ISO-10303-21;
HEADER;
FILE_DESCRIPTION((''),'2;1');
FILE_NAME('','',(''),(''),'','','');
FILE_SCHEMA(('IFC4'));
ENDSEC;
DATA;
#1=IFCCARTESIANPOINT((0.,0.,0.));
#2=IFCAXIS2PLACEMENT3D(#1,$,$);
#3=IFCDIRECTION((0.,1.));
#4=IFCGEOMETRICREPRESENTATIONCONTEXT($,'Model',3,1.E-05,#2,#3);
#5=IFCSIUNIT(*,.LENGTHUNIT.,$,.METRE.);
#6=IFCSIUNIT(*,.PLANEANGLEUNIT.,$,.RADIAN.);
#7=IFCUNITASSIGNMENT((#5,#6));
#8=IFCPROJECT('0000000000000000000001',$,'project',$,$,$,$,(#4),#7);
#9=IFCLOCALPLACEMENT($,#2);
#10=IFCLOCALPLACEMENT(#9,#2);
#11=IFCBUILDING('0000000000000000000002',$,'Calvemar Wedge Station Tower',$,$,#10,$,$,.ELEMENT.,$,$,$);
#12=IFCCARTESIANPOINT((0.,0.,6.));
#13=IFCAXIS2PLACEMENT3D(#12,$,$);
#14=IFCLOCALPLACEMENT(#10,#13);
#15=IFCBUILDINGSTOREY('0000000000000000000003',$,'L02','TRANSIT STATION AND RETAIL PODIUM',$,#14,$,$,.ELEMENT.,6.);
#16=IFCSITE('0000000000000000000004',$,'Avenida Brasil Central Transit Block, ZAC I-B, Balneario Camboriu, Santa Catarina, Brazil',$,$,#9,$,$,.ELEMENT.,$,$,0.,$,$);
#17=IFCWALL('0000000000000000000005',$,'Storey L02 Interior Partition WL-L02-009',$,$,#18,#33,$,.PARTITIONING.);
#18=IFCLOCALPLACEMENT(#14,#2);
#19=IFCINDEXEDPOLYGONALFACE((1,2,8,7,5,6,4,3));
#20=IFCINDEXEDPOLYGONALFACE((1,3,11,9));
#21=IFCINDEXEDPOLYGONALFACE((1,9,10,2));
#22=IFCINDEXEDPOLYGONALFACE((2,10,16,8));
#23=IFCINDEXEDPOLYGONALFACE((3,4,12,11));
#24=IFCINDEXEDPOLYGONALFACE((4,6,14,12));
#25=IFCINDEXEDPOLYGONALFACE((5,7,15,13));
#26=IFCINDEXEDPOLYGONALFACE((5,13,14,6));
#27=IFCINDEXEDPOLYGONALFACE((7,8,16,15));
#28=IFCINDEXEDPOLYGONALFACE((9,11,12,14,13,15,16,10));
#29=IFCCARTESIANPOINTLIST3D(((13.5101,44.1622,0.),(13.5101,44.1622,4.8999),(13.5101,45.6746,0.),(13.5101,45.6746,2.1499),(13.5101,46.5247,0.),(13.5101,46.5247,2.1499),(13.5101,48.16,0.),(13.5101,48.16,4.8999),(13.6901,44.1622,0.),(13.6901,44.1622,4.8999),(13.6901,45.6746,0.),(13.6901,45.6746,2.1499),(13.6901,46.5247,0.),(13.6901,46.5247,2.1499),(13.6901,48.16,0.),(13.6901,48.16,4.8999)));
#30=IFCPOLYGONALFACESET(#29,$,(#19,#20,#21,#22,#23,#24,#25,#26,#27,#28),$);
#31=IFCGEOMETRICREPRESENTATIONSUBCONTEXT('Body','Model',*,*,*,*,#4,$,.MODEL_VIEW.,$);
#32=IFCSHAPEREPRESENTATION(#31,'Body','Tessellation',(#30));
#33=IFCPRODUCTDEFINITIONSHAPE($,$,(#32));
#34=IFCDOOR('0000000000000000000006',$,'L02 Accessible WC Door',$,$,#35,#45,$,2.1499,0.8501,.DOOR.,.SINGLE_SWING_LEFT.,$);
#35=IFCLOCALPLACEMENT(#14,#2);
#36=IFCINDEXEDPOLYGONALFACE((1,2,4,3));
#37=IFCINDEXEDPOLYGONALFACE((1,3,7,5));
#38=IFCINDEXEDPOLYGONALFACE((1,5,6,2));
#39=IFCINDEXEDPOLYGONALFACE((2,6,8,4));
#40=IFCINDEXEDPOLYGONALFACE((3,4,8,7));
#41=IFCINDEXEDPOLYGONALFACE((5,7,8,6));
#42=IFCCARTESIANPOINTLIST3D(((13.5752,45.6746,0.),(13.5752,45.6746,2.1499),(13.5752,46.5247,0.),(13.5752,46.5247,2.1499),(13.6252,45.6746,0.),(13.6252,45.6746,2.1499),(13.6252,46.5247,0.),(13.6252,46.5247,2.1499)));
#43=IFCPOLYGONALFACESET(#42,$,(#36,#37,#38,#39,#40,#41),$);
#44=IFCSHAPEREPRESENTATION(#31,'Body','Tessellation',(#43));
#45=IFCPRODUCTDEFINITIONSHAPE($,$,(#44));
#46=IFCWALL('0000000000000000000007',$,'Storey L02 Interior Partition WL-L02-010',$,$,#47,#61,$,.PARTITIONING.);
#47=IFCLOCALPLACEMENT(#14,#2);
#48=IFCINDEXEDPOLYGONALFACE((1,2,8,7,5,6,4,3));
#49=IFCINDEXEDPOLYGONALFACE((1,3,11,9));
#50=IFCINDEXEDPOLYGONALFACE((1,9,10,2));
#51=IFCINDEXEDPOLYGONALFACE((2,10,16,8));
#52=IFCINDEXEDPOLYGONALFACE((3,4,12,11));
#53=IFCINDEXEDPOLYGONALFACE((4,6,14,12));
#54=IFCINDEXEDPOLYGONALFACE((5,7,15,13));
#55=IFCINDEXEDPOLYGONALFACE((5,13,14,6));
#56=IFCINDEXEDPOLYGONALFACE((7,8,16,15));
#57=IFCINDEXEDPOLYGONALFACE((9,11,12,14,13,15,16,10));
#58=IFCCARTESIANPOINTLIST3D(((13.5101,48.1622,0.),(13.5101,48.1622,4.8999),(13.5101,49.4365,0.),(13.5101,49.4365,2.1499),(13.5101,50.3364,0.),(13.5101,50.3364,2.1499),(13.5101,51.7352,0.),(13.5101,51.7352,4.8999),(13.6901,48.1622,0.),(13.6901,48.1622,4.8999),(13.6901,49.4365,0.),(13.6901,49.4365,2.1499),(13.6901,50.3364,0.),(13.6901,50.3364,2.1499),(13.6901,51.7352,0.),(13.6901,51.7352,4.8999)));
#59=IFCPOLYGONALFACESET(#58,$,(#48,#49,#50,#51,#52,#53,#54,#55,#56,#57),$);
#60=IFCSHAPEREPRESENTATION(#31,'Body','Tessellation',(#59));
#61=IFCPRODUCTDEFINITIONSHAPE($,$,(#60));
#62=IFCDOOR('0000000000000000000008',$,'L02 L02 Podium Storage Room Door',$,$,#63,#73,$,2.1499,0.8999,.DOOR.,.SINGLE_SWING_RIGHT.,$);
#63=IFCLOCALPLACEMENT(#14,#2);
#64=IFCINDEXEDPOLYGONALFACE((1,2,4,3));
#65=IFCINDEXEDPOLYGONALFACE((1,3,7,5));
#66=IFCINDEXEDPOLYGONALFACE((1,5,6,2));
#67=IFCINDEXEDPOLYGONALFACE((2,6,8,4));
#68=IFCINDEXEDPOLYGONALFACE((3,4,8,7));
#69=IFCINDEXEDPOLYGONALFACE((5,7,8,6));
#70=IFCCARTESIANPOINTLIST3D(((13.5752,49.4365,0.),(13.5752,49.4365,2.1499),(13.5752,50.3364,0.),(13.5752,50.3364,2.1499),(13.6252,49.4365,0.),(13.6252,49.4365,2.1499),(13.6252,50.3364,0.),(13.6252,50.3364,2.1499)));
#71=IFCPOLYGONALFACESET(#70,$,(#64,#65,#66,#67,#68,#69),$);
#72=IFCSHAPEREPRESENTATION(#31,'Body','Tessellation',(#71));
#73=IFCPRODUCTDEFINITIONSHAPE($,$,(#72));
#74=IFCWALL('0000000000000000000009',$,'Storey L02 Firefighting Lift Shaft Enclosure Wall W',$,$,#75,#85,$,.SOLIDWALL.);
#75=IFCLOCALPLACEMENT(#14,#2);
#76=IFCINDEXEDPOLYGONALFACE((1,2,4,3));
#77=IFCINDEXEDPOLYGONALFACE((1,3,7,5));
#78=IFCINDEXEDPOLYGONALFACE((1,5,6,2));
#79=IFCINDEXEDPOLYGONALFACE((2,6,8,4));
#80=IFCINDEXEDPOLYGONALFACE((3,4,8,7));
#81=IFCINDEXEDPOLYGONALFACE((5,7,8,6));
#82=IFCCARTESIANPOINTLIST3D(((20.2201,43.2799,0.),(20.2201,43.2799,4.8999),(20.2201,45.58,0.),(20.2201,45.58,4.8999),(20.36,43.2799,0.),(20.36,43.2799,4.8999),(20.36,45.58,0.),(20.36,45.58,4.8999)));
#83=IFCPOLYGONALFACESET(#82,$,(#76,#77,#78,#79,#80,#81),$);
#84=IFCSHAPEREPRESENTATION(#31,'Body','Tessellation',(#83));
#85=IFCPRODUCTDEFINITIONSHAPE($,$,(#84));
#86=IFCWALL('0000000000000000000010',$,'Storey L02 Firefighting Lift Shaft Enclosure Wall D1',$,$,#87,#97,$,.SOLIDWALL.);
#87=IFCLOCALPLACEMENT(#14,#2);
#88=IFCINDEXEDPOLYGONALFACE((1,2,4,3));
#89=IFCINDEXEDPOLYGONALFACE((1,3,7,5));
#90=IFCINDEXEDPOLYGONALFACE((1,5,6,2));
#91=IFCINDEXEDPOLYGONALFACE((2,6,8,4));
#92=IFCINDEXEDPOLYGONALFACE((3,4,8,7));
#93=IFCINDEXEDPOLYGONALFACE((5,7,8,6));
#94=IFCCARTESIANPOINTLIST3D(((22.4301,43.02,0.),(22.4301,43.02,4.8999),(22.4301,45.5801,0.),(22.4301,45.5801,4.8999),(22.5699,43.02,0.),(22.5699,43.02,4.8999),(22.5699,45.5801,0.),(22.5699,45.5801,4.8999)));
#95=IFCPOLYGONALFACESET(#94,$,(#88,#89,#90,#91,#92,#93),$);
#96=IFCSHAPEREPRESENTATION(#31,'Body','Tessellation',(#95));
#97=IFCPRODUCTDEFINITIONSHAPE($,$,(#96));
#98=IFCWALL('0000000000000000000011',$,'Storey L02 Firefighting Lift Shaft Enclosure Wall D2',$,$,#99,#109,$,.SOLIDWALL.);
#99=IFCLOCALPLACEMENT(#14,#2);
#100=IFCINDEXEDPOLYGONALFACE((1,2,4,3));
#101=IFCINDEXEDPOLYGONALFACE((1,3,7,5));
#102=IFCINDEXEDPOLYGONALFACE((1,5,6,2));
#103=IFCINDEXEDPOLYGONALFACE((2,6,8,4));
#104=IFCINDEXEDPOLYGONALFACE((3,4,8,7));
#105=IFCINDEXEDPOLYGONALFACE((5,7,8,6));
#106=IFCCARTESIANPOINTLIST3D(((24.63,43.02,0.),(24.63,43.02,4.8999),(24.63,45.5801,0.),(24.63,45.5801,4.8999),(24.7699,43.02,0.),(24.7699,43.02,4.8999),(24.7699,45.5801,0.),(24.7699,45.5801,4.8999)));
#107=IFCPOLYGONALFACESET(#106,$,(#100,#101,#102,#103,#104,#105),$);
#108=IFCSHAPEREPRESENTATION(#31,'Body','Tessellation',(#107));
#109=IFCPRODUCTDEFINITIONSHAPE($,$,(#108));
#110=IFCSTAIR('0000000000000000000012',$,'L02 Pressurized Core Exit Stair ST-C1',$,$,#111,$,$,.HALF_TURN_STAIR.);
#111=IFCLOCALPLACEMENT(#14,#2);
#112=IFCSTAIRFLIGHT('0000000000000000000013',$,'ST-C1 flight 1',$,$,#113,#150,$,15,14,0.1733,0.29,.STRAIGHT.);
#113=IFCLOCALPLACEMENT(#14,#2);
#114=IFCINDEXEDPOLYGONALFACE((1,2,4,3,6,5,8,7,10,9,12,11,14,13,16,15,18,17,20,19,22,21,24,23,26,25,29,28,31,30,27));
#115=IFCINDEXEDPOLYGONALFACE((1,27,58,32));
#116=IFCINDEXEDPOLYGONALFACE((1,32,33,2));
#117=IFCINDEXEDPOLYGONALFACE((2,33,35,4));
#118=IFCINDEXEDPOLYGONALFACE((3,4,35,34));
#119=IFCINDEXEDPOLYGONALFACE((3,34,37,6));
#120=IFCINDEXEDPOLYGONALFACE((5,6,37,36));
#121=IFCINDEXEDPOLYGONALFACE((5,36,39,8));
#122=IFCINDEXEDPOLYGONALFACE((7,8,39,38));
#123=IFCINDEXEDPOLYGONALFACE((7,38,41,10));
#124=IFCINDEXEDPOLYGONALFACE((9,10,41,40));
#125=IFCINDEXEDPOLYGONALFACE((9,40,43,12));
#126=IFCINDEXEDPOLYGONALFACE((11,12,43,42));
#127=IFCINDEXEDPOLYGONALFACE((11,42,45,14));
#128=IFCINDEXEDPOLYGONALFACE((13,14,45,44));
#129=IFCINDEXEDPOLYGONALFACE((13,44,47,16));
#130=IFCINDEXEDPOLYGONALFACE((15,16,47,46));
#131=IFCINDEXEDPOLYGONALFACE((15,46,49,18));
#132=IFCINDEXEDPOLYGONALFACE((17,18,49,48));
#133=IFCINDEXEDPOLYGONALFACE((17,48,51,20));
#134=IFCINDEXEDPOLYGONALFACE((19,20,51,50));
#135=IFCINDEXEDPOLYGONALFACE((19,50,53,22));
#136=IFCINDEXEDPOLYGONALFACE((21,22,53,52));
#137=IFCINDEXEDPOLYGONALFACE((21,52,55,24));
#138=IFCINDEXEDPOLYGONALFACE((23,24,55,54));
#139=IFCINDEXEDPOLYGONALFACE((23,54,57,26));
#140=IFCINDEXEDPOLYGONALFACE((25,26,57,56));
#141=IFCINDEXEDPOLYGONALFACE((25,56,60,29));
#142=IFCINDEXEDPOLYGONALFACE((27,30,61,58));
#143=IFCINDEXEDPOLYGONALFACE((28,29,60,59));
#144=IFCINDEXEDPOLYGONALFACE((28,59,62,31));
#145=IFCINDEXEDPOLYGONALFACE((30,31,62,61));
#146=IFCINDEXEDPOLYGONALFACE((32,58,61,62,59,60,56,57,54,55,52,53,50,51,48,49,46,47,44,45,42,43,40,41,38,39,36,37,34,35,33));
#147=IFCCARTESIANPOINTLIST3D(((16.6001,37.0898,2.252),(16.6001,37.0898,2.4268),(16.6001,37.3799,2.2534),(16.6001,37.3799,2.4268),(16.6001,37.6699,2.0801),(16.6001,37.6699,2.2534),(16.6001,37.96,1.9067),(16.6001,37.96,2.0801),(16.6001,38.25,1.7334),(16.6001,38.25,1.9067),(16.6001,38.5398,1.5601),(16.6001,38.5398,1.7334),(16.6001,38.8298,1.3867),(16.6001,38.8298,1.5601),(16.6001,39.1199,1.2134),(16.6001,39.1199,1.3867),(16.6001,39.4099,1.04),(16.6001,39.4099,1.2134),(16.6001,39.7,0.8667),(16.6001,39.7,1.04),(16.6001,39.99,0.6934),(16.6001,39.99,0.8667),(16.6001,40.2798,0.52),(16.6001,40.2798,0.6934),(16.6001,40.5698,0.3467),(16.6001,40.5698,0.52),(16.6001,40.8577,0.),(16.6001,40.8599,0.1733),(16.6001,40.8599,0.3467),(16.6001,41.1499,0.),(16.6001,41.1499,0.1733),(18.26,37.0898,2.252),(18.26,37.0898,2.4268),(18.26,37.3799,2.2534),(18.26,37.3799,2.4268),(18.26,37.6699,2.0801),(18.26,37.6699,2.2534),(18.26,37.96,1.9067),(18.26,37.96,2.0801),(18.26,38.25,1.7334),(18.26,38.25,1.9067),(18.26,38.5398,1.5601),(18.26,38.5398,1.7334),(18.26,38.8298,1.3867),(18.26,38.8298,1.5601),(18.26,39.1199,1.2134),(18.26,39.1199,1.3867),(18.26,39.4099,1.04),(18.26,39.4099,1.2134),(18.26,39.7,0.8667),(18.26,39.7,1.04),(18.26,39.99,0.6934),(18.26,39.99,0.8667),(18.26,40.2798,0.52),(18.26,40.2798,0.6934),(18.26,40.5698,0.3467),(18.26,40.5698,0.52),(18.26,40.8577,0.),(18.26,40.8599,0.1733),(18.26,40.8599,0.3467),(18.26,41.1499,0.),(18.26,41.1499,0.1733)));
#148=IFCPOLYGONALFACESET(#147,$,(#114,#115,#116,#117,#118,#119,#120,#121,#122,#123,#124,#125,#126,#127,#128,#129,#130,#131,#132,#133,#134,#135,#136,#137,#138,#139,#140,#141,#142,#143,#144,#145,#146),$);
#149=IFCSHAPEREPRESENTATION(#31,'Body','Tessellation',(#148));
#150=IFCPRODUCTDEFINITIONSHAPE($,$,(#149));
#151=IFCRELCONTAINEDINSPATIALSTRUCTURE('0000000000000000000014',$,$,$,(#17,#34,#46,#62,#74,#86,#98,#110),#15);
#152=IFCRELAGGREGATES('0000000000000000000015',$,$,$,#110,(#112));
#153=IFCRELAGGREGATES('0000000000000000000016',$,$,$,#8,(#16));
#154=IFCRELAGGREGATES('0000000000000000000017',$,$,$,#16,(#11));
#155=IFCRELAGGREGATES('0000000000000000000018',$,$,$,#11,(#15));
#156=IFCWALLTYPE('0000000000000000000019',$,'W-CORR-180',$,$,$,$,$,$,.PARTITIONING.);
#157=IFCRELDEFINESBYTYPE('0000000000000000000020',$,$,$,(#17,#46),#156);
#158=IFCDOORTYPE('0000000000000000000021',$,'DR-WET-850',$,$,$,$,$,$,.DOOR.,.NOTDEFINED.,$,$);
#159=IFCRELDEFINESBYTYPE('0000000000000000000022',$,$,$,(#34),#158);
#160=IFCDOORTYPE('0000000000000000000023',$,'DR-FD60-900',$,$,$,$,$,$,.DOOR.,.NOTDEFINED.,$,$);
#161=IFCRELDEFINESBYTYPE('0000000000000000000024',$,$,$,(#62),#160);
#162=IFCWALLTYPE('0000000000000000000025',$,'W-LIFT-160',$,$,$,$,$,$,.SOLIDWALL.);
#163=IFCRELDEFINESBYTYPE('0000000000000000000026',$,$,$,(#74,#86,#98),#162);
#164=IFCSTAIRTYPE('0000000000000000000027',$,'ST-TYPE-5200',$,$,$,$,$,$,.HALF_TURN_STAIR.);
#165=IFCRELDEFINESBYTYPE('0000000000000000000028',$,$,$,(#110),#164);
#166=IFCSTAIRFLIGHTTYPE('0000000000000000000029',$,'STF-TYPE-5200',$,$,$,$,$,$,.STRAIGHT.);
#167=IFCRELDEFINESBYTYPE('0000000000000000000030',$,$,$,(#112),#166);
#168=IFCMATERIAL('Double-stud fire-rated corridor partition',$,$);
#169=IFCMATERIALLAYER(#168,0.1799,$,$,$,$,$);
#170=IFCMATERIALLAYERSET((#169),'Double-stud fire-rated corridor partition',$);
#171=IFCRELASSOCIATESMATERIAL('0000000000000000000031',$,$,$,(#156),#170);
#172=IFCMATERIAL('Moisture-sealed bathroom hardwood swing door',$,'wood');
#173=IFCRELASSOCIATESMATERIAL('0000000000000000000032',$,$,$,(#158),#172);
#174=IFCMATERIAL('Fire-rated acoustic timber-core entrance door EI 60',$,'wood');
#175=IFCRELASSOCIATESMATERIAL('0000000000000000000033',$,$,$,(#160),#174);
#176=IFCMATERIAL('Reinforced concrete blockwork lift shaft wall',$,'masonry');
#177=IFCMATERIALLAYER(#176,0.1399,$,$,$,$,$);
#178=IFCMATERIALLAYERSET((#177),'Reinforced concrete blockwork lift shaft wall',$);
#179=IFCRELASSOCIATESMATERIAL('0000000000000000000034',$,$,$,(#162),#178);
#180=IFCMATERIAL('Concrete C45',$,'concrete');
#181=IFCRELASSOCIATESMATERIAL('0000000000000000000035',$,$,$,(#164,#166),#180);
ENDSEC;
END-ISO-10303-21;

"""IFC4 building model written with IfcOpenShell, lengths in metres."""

from ifc_helpers import new_model, si_unit, direction, frame, frame_2d, origin, place, context, subcontext, project, spatial, polyline, rectangle, outline, extrude, source, transform, mapped, material, layer, layer_set, type_object, element, fill, aggregate, save


model = new_model("IFC4")

# Units and contexts
model_context = context("Model", 3, precision=1e-05, world=origin(), true_north=direction((0.0, 1.0)))
body_context = subcontext(model_context, "Body", "Model", "MODEL_VIEW")
ifc_project = project(units=[si_unit("LENGTHUNIT", "METRE"), si_unit("PLANEANGLEUNIT", "RADIAN")], contexts=[model_context])

# Site, building, storey
site_placement = place(None, origin())
site = spatial("IfcSite", under=ifc_project, at=site_placement, Name="Avenida Brasil Central Transit Block, ZAC I-B, Balneario Camboriu, Santa Catarina, Brazil", CompositionType="ELEMENT", RefElevation=0.0)
building_placement = place(site_placement, origin())
building = spatial("IfcBuilding", under=site, at=building_placement, Name="Calvemar Wedge Station Tower", CompositionType="ELEMENT")
storey_placement = place(building_placement, frame((0.0, 0.0, 6.0)))
storey = spatial("IfcBuildingStorey", under=building, at=storey_placement, Name="L02", Description="TRANSIT STATION AND RETAIL PODIUM", CompositionType="ELEMENT", Elevation=6.0)

# Walls, openings, doors
ifc_material_1 = material(Name="Double-stud fire-rated corridor partition")
ifc_layer_1 = layer(ifc_material_1, 0.1799)
ifc_layer_set_1 = layer_set([ifc_layer_1], Name="Double-stud fire-rated corridor partition")
wall_type_1 = type_object("IfcWallType", Name="W-CORR-180", PredefinedType="PARTITIONING", material=ifc_layer_set_1)
wall_1_placement = place(storey_placement, frame((13.6001, 44.1621, 0.0), z_axis=(0.0, 0.0, 1.0), x_axis=(0.0, 1.0, 0.0)))
wall_1 = element("IfcWall", 1, at=wall_1_placement, inside=storey, type_object=wall_type_1, Name="Storey L02 Interior Partition WL-L02-009", PredefinedType="PARTITIONING", context=body_context, shape_type="SweptSolid", body=[
    extrude(rectangle(XDim=3.9978, YDim=0.1799, at=frame_2d((1.999, 0.0))), origin(), (0.0, 0.0, 1.0), 4.8999),
])
shared_shape_1 = source(origin(), body_context, "Body", "SweptSolid", [
    extrude(rectangle(XDim=0.8501, YDim=2.1499, at=frame_2d((0.425, 1.075))), frame((0.0, 0.1001, 0.0), z_axis=(0.0, -1.0, 0.0), x_axis=(1.0, 0.0, 0.0)), (0.0, 0.0, 1.0), 0.2),
])
opening_1_placement = place(wall_1_placement, frame((1.5125, 0.0, 0.0)))
opening_1 = element("IfcOpeningElement", 2, at=opening_1_placement, cuts=wall_1, PredefinedType="OPENING", context=body_context, shape_type="MappedRepresentation", body=[
    mapped(shared_shape_1, transform((0.0, 0.0, 0.0), scale=1.0)),
])
ifc_material_2 = material(Name="Moisture-sealed bathroom hardwood swing door", Category="wood")
door_type_1 = type_object("IfcDoorType", Name="DR-WET-850", OperationType="NOTDEFINED", PredefinedType="DOOR", material=ifc_material_2)
shared_shape_2 = source(origin(), body_context, "Body", "SweptSolid", [
    extrude(rectangle(XDim=0.8501, YDim=2.1499, at=frame_2d((0.425, 1.075))), frame((0.0, 0.0249, 0.0), z_axis=(0.0, -1.0, 0.0), x_axis=(1.0, 0.0, 0.0)), (0.0, 0.0, 1.0), 0.05),
])
door_1_placement = place(opening_1_placement, origin())
door_1 = element("IfcDoor", 3, at=door_1_placement, inside=storey, type_object=door_type_1, Name="L02 Accessible WC Door", OperationType="SINGLE_SWING_LEFT", OverallHeight=2.1499, OverallWidth=0.8501, PredefinedType="DOOR", context=body_context, shape_type="MappedRepresentation", body=[
    mapped(shared_shape_2, transform((0.0, 0.0, 0.0), scale=1.0)),
])
fill(opening_1, door_1)
wall_2_placement = place(storey_placement, frame((13.6001, 48.1621, 0.0), z_axis=(0.0, 0.0, 1.0), x_axis=(0.0, 1.0, 0.0)))
wall_2 = element("IfcWall", 4, at=wall_2_placement, inside=storey, type_object=wall_type_1, Name="Storey L02 Interior Partition WL-L02-010", PredefinedType="PARTITIONING", context=body_context, shape_type="SweptSolid", body=[
    extrude(rectangle(XDim=3.573, YDim=0.1799, at=frame_2d((1.7866, 0.0))), origin(), (0.0, 0.0, 1.0), 4.8999),
])
shared_shape_3 = source(origin(), body_context, "Body", "SweptSolid", [
    extrude(rectangle(XDim=0.8999, YDim=2.1499, at=frame_2d((0.45, 1.075))), frame((0.0, 0.1001, 0.0), z_axis=(0.0, -1.0, 0.0), x_axis=(1.0, 0.0, 0.0)), (0.0, 0.0, 1.0), 0.2),
])
opening_2_placement = place(wall_2_placement, frame((1.2744, 0.0, 0.0)))
opening_2 = element("IfcOpeningElement", 5, at=opening_2_placement, cuts=wall_2, PredefinedType="OPENING", context=body_context, shape_type="MappedRepresentation", body=[
    mapped(shared_shape_3, transform((0.0, 0.0, 0.0), scale=1.0)),
])
ifc_material_3 = material(Name="Fire-rated acoustic timber-core entrance door EI 60", Category="wood")
door_type_2 = type_object("IfcDoorType", Name="DR-FD60-900", OperationType="NOTDEFINED", PredefinedType="DOOR", material=ifc_material_3)
shared_shape_4 = source(origin(), body_context, "Body", "SweptSolid", [
    extrude(rectangle(XDim=0.8999, YDim=2.1499, at=frame_2d((0.45, 1.075))), frame((0.0, 0.0249, 0.0), z_axis=(0.0, -1.0, 0.0), x_axis=(1.0, 0.0, 0.0)), (0.0, 0.0, 1.0), 0.05),
])
door_2_placement = place(opening_2_placement, origin())
door_2 = element("IfcDoor", 6, at=door_2_placement, inside=storey, type_object=door_type_2, Name="L02 L02 Podium Storage Room Door", OperationType="SINGLE_SWING_RIGHT", OverallHeight=2.1499, OverallWidth=0.8999, PredefinedType="DOOR", context=body_context, shape_type="MappedRepresentation", body=[
    mapped(shared_shape_4, transform((0.0, 0.0, 0.0), scale=1.0)),
])
fill(opening_2, door_2)

# Shared definitions
ifc_material_4 = material(Name="Reinforced concrete blockwork lift shaft wall", Category="masonry")
ifc_layer_2 = layer(ifc_material_4, 0.1399)
ifc_layer_set_2 = layer_set([ifc_layer_2], Name="Reinforced concrete blockwork lift shaft wall")
wall_type_2 = type_object("IfcWallType", Name="W-LIFT-160", PredefinedType="SOLIDWALL", material=ifc_layer_set_2)

# Walls
wall_3_placement = place(storey_placement, frame((20.29, 43.28, 0.0), z_axis=(0.0, 0.0, 1.0), x_axis=(0.0, 1.0, 0.0)))
element("IfcWall", 7, at=wall_3_placement, inside=storey, type_object=wall_type_2, Name="Storey L02 Firefighting Lift Shaft Enclosure Wall W", PredefinedType="SOLIDWALL", context=body_context, shape_type="SweptSolid", body=[
    extrude(rectangle(XDim=2.3, YDim=0.1399, at=frame_2d((1.1499, 0.0))), origin(), (0.0, 0.0, 1.0), 4.8999),
])
for number, where, z_axis, x_axis, name in (
    (8, (22.5, 43.02, 0.0), (0.0, 0.0, 1.0), (0.0, 1.0, 0.0), "Storey L02 Firefighting Lift Shaft Enclosure Wall D1"),
    (9, (24.7, 43.02, 0.0), (0.0, 0.0, 1.0), (0.0, 1.0, 0.0), "Storey L02 Firefighting Lift Shaft Enclosure Wall D2"),
):
    element("IfcWall", number, at=place(storey_placement, frame(where, z_axis=z_axis, x_axis=x_axis)), inside=storey, type_object=wall_type_2, Name=name, PredefinedType="SOLIDWALL", context=body_context, shape_type="SweptSolid", body=[
        extrude(rectangle(XDim=2.5601, YDim=0.1399, at=frame_2d((1.28, 0.0))), origin(), (0.0, 0.0, 1.0), 4.8999),
    ])

# Stair, stair flight
ifc_material_5 = material(Name="Concrete C45", Category="concrete")
stair_type = type_object("IfcStairType", Name="ST-TYPE-5200", PredefinedType="HALF_TURN_STAIR", material=ifc_material_5)
stair_placement = place(storey_placement, origin())
stair = element("IfcStair", 10, at=stair_placement, inside=storey, type_object=stair_type, Name="L02 Pressurized Core Exit Stair ST-C1", PredefinedType="HALF_TURN_STAIR")
stair_flight_type = type_object("IfcStairFlightType", Name="STF-TYPE-5200", PredefinedType="STRAIGHT", material=ifc_material_5)
stair_flight_placement = place(storey_placement, frame((17.4299, 41.1499, 0.0), z_axis=(0.0, 0.0, 1.0), x_axis=(0.0, -1.0, 0.0)))
stair_flight = element("IfcStairFlight", 11, at=stair_flight_placement, type_object=stair_flight_type, Name="ST-C1 flight 1", NumberOfRisers=15, NumberOfTreads=14, PredefinedType="STRAIGHT", RiserHeight=0.1733, TreadLength=0.29, context=body_context, shape_type="SweptSolid", body=[
    extrude(outline(polyline([(0.0, 0.0), (0.0, 0.1733), (0.29, 0.1733), (0.29, 0.3467), (0.5801, 0.3467), (0.5801, 0.52), (0.8701, 0.52), (0.8701, 0.6934), (1.1599, 0.6934), (1.1599, 0.8667), (1.45, 0.8667), (1.45, 1.04), (1.74, 1.04), (1.74, 1.2134), (2.03, 1.2134), (2.03, 1.3867), (2.3201, 1.3867), (2.3201, 1.5601), (2.6101, 1.5601), (2.6101, 1.7334), (2.8999, 1.7334), (2.8999, 1.9067), (3.1899, 1.9067), (3.1899, 2.0801), (3.48, 2.0801), (3.48, 2.2534), (3.77, 2.2534), (3.77, 2.4268), (4.0601, 2.4268), (4.0601, 2.6001), (4.0601, 2.252), (0.2922, 0.0), (0.0, 0.0)])), frame((0.0, 0.8301, 0.0), z_axis=(0.0, -1.0, 0.0), x_axis=(1.0, 0.0, 0.0)), (0.0, 0.0, 1.0), 1.6599),
])
aggregate(stair, [stair_flight])

save(model, "model.ifc")
